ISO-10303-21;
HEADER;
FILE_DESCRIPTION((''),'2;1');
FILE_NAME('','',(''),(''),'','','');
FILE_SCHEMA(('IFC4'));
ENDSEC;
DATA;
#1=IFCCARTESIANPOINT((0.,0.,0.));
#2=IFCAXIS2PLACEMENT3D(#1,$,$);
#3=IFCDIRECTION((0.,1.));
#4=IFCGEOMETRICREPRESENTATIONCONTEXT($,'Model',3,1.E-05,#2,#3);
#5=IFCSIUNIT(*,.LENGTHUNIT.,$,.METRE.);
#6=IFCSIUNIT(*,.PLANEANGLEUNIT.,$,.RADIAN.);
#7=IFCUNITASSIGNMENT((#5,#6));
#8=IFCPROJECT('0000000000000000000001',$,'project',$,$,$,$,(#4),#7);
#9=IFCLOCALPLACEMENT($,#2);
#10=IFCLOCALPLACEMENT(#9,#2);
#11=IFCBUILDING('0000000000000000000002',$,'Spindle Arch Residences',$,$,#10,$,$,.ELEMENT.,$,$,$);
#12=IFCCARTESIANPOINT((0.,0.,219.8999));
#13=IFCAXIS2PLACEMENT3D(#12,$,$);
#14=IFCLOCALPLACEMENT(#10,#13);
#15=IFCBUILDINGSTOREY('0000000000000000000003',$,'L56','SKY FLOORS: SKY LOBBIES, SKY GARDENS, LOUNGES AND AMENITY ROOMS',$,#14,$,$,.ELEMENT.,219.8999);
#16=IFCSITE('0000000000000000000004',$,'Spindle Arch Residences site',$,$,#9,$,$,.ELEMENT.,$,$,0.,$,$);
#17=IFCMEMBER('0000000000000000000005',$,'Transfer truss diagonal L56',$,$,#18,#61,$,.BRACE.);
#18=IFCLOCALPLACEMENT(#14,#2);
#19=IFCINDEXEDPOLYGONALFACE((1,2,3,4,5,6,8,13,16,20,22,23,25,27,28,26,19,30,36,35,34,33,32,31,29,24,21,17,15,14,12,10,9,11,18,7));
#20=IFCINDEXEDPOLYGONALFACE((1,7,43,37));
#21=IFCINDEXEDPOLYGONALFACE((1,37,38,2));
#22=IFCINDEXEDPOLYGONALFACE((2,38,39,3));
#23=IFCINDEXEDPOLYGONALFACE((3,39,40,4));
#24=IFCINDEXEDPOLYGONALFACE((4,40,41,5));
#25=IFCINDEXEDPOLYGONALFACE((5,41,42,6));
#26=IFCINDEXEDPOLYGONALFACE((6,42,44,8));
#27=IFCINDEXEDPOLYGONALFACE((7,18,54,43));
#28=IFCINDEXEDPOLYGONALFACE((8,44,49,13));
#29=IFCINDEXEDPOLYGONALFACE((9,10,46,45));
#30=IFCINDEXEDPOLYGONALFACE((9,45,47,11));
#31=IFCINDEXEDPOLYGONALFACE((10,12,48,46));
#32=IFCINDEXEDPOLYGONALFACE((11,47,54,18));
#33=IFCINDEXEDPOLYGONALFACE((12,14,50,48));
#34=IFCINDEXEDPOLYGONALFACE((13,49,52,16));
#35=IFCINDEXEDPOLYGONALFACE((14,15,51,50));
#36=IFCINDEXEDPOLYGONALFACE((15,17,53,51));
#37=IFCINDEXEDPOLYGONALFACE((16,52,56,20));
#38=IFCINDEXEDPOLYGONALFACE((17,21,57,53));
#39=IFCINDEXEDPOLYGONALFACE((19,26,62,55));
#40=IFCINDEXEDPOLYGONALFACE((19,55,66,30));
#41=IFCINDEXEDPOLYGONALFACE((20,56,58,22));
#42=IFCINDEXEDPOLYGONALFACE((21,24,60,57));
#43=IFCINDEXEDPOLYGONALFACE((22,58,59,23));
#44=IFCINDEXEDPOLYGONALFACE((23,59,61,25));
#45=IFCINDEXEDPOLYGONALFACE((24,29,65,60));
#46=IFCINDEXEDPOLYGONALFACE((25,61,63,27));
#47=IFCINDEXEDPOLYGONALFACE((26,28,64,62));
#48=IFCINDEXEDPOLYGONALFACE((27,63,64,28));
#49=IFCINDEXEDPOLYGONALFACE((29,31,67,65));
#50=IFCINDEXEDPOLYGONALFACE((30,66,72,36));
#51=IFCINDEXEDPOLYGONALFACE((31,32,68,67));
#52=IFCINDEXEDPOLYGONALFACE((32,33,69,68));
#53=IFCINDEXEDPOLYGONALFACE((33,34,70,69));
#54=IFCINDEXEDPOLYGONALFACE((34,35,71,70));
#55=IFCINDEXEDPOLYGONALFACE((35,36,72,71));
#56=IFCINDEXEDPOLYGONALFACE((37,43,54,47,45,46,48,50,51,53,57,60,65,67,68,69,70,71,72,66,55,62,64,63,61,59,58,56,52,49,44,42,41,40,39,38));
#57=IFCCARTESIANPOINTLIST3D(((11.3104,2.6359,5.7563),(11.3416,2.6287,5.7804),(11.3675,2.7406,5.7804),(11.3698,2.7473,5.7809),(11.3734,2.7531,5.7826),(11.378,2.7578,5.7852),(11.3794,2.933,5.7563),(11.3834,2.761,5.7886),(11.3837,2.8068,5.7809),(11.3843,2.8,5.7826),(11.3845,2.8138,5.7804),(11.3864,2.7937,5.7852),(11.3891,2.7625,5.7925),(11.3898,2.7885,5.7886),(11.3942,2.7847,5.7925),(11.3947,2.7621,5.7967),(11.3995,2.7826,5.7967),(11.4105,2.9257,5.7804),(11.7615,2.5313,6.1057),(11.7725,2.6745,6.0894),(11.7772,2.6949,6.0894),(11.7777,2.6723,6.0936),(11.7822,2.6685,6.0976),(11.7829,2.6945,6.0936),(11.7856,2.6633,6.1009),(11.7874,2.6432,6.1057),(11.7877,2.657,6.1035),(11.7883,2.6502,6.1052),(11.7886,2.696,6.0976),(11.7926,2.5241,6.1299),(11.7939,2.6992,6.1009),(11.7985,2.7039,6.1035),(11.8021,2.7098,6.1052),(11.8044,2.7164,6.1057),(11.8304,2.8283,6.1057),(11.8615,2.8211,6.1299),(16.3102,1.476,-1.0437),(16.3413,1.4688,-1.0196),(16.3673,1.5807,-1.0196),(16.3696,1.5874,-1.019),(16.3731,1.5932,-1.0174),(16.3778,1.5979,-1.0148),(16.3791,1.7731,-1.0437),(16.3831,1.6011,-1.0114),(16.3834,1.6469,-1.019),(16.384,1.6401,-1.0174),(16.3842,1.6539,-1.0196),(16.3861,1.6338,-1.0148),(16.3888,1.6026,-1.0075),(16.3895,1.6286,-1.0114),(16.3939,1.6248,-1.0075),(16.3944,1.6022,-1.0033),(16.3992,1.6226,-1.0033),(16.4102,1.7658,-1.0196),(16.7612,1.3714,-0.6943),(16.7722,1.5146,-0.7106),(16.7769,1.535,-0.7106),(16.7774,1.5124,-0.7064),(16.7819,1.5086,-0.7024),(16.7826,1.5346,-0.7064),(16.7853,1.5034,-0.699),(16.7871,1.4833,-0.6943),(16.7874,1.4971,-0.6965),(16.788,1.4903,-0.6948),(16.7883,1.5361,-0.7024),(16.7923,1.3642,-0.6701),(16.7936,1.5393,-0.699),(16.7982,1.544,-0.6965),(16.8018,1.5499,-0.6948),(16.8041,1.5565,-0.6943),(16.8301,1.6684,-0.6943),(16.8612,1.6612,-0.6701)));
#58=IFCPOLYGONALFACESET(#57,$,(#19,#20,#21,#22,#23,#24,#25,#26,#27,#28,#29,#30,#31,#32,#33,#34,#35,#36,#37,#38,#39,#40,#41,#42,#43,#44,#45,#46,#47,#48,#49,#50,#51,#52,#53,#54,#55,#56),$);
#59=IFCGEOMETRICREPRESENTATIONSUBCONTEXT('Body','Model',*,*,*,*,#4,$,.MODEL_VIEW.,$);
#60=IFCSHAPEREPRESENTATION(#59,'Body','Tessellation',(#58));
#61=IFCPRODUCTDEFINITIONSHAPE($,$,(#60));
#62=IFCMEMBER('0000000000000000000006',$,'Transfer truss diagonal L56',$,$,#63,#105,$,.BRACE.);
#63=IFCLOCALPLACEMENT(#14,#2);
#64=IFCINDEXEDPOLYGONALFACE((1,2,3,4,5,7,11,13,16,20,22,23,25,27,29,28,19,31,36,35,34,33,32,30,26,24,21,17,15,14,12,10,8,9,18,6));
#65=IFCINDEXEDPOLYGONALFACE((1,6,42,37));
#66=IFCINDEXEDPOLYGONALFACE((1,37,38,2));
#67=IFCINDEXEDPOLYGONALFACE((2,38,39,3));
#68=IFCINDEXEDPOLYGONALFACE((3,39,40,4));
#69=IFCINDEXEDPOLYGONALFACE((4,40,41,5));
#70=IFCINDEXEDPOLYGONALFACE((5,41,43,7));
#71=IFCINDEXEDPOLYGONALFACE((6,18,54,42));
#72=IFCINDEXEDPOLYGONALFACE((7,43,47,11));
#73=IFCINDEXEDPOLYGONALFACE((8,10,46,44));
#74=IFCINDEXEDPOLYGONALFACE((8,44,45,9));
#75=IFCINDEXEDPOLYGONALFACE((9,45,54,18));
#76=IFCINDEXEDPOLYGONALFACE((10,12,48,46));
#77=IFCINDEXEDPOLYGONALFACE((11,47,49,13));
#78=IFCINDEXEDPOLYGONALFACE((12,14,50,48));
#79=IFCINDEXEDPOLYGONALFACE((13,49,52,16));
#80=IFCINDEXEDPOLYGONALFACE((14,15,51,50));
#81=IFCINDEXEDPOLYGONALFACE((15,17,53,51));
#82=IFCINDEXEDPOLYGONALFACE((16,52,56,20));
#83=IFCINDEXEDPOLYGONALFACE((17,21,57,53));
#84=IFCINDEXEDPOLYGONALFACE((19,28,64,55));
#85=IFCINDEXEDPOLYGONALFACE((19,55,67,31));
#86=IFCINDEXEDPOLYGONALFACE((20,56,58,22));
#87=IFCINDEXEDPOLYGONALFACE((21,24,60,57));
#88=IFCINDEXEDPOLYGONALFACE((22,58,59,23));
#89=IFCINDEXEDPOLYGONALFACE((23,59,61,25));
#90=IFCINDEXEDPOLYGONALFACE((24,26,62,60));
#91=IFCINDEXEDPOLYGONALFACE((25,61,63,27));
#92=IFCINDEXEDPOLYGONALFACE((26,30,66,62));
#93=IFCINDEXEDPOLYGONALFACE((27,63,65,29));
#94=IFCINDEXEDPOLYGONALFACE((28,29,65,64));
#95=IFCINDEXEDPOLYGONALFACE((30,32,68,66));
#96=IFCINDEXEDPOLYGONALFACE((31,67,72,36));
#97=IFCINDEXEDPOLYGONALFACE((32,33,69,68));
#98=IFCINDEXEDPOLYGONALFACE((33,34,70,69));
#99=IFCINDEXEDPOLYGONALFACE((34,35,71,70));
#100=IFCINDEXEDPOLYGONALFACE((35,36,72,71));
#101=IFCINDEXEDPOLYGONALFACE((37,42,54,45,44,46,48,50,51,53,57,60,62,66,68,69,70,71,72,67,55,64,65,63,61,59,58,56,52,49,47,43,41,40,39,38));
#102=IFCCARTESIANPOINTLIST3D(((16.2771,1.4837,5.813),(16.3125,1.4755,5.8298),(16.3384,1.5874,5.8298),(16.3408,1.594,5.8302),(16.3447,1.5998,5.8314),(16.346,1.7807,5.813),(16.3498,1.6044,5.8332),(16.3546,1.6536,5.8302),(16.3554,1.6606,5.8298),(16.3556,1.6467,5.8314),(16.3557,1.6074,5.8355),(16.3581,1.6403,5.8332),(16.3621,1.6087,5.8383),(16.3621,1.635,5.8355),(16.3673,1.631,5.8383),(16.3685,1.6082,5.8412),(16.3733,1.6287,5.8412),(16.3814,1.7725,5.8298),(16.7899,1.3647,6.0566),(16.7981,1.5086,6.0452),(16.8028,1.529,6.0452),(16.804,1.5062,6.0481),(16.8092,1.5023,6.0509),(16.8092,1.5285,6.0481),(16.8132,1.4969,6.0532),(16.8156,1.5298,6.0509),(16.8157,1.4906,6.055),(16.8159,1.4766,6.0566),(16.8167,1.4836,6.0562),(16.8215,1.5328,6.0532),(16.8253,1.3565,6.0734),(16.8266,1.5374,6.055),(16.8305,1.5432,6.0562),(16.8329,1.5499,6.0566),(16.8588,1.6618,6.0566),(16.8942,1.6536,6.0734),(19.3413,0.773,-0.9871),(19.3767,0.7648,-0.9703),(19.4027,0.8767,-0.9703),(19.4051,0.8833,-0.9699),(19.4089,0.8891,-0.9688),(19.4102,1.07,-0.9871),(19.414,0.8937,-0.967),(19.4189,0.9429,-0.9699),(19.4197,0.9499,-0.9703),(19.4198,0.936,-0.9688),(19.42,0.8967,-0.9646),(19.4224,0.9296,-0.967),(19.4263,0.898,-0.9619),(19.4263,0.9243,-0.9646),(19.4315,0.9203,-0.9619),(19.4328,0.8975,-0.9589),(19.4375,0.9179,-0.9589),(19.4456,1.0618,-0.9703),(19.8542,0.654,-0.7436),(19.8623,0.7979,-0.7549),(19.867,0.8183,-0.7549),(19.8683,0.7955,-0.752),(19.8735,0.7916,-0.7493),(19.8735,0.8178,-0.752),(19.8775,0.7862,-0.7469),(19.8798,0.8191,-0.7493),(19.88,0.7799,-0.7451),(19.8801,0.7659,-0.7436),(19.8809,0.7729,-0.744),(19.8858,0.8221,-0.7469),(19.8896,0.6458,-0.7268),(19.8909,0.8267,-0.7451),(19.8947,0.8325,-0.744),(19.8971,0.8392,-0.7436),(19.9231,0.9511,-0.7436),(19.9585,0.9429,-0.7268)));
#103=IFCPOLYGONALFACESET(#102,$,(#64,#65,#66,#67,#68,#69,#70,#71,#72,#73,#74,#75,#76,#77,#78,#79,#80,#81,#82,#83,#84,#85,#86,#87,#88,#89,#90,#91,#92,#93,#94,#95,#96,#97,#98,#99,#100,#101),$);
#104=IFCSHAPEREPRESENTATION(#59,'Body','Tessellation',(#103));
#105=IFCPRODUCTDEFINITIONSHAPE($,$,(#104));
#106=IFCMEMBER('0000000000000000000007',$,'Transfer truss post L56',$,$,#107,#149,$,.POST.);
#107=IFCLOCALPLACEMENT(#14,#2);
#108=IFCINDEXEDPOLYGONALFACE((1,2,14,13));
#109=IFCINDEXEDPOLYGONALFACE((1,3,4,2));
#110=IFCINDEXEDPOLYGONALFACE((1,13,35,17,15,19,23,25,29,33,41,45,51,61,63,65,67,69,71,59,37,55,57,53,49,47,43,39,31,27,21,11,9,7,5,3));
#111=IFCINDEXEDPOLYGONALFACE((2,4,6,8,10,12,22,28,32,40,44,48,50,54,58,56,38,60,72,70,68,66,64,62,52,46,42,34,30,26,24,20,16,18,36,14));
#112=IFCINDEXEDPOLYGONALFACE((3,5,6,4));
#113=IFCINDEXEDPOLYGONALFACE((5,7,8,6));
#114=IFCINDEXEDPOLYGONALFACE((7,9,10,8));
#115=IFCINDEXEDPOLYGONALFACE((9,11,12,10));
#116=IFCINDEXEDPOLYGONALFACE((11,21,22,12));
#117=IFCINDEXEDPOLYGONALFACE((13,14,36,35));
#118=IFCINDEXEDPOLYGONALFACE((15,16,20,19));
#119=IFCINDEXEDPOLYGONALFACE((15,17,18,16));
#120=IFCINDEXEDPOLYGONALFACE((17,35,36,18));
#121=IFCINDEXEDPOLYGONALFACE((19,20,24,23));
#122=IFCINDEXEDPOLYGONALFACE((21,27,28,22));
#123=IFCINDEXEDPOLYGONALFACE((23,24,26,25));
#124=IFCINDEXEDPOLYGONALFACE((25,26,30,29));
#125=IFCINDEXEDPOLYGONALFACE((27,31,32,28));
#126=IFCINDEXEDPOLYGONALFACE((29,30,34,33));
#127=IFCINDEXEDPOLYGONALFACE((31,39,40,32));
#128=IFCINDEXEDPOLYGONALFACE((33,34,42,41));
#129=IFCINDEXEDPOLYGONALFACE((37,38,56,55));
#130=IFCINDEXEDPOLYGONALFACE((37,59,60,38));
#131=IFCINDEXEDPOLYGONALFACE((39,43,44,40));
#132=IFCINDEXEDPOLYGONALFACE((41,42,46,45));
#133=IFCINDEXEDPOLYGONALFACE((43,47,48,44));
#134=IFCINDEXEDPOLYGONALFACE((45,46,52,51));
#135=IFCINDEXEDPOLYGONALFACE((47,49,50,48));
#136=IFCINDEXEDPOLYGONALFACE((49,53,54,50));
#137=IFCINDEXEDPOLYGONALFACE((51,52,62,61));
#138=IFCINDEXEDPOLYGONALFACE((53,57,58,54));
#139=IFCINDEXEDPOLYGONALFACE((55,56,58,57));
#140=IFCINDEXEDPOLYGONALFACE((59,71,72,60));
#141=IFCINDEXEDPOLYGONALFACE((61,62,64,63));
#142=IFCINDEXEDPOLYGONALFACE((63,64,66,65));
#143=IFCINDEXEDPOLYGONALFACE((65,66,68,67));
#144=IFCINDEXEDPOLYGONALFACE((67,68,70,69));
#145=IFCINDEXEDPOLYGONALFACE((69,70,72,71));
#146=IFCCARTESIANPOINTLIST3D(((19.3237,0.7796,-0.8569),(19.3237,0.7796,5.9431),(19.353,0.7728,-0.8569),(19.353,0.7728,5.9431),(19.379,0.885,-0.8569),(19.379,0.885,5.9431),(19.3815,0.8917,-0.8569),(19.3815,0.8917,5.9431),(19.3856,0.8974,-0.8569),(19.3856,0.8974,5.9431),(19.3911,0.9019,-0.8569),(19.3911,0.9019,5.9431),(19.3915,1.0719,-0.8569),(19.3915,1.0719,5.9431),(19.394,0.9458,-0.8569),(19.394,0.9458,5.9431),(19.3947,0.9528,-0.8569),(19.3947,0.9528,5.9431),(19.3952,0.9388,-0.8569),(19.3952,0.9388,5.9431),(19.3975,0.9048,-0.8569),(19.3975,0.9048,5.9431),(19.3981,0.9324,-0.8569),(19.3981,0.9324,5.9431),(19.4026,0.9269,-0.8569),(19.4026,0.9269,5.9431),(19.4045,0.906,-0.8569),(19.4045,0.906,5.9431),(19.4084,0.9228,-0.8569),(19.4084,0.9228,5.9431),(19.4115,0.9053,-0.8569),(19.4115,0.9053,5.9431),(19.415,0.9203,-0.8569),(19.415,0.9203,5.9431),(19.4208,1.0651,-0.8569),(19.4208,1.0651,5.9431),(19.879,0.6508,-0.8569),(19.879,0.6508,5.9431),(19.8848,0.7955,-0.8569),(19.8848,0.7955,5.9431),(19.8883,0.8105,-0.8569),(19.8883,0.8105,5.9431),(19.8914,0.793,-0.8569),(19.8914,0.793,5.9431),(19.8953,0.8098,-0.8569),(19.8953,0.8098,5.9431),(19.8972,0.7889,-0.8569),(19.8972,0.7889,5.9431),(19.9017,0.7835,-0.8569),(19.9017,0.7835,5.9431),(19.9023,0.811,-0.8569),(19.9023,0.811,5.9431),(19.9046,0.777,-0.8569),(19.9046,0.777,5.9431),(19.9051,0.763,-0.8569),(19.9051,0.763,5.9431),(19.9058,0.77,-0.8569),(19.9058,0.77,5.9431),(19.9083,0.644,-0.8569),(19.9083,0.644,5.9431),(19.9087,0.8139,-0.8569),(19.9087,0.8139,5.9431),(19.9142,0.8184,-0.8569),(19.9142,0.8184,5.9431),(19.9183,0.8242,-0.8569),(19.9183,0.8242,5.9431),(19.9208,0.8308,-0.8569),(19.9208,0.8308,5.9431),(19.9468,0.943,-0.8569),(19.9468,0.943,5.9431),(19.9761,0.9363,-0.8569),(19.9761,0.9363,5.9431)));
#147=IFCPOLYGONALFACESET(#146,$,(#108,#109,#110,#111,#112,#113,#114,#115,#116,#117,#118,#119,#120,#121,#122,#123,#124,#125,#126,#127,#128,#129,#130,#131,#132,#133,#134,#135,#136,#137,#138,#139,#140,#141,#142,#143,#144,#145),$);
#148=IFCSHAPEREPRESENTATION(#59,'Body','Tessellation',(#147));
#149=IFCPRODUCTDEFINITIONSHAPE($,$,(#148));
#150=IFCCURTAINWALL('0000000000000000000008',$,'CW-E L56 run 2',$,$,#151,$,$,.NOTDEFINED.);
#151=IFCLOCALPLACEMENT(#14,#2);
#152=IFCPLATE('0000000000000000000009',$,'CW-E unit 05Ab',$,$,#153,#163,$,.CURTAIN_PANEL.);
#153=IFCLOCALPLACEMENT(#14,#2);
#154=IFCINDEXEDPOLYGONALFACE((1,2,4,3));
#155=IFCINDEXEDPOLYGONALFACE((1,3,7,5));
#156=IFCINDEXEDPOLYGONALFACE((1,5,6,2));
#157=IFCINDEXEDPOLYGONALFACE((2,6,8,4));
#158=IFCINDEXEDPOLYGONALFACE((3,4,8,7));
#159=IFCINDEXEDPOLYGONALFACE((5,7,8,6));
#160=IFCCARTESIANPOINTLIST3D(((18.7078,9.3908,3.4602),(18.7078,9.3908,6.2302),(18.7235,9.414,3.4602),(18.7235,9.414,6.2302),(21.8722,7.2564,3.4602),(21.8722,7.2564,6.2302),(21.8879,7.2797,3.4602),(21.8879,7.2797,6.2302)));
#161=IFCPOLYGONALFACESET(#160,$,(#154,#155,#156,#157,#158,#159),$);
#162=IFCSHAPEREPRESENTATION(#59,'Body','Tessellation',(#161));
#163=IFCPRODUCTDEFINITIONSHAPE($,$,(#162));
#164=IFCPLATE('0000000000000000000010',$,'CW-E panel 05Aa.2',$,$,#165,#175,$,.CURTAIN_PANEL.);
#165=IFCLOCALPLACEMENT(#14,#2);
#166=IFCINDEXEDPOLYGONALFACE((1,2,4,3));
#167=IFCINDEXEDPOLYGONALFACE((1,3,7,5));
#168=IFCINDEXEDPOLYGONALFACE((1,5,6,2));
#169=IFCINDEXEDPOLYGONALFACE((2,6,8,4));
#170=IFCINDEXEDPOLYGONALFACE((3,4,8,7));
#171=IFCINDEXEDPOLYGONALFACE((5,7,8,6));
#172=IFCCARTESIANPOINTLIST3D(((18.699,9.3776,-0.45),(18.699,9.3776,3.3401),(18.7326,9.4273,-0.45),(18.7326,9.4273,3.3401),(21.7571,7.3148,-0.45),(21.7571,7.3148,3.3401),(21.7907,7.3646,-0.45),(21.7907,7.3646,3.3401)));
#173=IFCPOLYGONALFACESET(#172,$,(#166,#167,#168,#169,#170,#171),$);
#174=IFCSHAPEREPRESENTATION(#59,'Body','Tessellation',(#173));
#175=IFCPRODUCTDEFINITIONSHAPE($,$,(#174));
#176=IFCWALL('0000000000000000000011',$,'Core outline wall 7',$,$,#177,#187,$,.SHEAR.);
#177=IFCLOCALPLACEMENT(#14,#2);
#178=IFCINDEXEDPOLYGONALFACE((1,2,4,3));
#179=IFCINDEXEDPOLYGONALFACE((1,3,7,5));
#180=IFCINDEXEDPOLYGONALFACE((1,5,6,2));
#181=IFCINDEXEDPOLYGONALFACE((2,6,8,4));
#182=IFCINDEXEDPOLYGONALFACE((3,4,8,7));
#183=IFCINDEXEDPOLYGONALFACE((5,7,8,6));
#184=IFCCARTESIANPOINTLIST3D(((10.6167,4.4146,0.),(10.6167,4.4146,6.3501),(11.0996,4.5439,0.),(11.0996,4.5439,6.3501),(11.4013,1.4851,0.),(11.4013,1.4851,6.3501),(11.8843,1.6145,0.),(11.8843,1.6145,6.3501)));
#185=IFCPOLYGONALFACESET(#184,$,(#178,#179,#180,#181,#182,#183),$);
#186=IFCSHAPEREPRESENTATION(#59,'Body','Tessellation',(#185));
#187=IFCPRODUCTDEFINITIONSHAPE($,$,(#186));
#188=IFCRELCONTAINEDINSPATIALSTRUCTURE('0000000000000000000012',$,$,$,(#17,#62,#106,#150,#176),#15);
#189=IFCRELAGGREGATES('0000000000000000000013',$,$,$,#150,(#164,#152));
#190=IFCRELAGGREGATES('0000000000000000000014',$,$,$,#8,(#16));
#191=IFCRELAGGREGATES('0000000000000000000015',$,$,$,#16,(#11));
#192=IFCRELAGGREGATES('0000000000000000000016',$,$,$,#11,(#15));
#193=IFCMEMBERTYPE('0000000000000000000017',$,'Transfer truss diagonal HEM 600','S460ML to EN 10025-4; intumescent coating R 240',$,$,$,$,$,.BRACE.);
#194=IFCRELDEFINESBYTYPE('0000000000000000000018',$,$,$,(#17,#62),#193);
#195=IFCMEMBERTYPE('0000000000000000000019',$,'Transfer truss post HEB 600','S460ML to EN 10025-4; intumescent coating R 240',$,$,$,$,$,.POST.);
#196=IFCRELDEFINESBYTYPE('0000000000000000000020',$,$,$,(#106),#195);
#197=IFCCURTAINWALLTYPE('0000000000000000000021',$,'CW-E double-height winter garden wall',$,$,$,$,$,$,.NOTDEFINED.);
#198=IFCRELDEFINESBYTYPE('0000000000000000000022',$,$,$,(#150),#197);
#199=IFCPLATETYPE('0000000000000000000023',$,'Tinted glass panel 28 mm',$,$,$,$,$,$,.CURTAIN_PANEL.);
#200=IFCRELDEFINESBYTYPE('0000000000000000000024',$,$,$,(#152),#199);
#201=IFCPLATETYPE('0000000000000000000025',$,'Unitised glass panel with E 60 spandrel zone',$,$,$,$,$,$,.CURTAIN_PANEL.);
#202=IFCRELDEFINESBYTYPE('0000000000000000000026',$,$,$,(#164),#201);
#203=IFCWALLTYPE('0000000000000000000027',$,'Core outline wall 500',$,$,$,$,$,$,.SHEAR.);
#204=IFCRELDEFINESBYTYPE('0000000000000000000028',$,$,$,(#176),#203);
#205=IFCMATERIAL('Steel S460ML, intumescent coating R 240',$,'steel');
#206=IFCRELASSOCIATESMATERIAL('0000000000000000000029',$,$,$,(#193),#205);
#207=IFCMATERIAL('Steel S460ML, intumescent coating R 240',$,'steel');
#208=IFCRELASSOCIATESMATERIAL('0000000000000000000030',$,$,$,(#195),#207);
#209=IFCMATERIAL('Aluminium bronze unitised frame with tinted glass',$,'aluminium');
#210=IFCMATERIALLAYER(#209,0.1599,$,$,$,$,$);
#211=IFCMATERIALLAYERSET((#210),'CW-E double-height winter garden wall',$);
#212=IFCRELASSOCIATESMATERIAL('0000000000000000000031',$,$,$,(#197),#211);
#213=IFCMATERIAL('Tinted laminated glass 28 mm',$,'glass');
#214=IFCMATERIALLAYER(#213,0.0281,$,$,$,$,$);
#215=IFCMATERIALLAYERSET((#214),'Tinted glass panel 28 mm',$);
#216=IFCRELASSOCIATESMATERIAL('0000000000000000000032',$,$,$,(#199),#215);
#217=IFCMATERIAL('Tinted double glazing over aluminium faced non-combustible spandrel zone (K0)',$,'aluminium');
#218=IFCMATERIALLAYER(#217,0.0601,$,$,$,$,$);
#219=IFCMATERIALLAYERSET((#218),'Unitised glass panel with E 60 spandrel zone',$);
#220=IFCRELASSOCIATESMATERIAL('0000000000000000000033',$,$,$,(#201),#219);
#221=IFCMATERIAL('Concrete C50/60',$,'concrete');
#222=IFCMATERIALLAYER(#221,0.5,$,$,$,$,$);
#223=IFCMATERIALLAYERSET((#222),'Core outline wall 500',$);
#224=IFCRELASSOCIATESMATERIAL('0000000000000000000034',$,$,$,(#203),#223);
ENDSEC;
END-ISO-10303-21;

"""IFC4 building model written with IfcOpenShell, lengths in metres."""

from ifc_helpers import new_model, si_unit, direction, frame, frame_2d, origin, origin_2d, place, context, subcontext, project, spatial, rectangle, i_section, extrude, material, layer, layer_set, material_profile, profile_set, type_object, element, aggregate, save


model = new_model("IFC4")

# Units and contexts
model_context = context("Model", 3, precision=1e-05, world=origin(), true_north=direction((0.0, 1.0)))
body_context = subcontext(model_context, "Body", "Model", "MODEL_VIEW")
ifc_project = project(units=[si_unit("LENGTHUNIT", "METRE"), si_unit("PLANEANGLEUNIT", "RADIAN")], contexts=[model_context])

# Site, building, storey
site_placement = place(None, origin())
site = spatial("IfcSite", under=ifc_project, at=site_placement, Name="Spindle Arch Residences site", CompositionType="ELEMENT", RefElevation=0.0)
building_placement = place(site_placement, origin())
building = spatial("IfcBuilding", under=site, at=building_placement, Name="Spindle Arch Residences", CompositionType="ELEMENT")
storey_placement = place(building_placement, frame((0.0, 0.0, 219.8999)))
storey = spatial("IfcBuildingStorey", under=building, at=storey_placement, Name="L56", Description="SKY FLOORS: SKY LOBBIES, SKY GARDENS, LOUNGES AND AMENITY ROOMS", CompositionType="ELEMENT", Elevation=219.8999)

# Members
ifc_material_1 = material(Name="Steel S460ML, intumescent coating R 240", Category="steel")
ifc_material_profile_1 = material_profile(ifc_material_1, i_section(OverallWidth=0.3049, OverallDepth=0.6201, WebThickness=0.021, FlangeThickness=0.04, FilletRadius=0.0271, at=origin_2d()), Name="HEM 600")
ifc_profile_set_1 = profile_set([ifc_material_profile_1], Name="Steel S460ML, intumescent coating R 240")
member_type_1 = type_object("IfcMemberType", Name="Transfer truss diagonal HEM 600", Description="S460ML to EN 10025-4; intumescent coating R 240", PredefinedType="BRACE", material=ifc_profile_set_1)
member_1_placement = place(storey_placement, frame((16.5857, 1.5686, -0.8569), z_axis=(-0.586853, 0.136146, 0.798165), x_axis=(-0.225992, -0.974129, 0.0)))
element("IfcMember", 1, at=member_1_placement, inside=storey, type_object=member_type_1, Name="Transfer truss diagonal L56", PredefinedType="BRACE", context=body_context, shape_type="SweptSolid", body=[
    extrude(i_section(OverallWidth=0.3049, OverallDepth=0.6201, WebThickness=0.021, FlangeThickness=0.04, FilletRadius=0.0271, at=origin_2d()), origin(), (0.0, 0.0, 1.0), 8.5195),
])
member_2_placement = place(storey_placement, frame((19.6499, 0.8579, -0.8569), z_axis=(-0.408979, 0.094856, 0.9076), x_axis=(-0.225936, -0.974142, 0.0)))
element("IfcMember", 2, at=member_2_placement, inside=storey, type_object=member_type_1, Name="Transfer truss diagonal L56", PredefinedType="BRACE", context=body_context, shape_type="SweptSolid", body=[
    extrude(i_section(OverallWidth=0.3049, OverallDepth=0.6201, WebThickness=0.021, FlangeThickness=0.04, FilletRadius=0.0271, at=origin_2d()), origin(), (0.0, 0.0, 1.0), 7.4924),
])
ifc_material_2 = material(Name="Steel S460ML, intumescent coating R 240", Category="steel")
ifc_material_profile_2 = material_profile(ifc_material_2, i_section(OverallWidth=0.3, OverallDepth=0.6001, WebThickness=0.0154, FlangeThickness=0.03, FilletRadius=0.0271, at=origin_2d()), Name="HEB 600")
ifc_profile_set_2 = profile_set([ifc_material_profile_2], Name="Steel S460ML, intumescent coating R 240")
member_type_2 = type_object("IfcMemberType", Name="Transfer truss post HEB 600", Description="S460ML to EN 10025-4; intumescent coating R 240", PredefinedType="POST", material=ifc_profile_set_2)
member_3_placement = place(storey_placement, frame((19.6499, 0.8579, -0.8569), z_axis=(0.0, 0.0, 1.0), x_axis=(-0.22596, -0.974136, 0.0)))
element("IfcMember", 3, at=member_3_placement, inside=storey, type_object=member_type_2, Name="Transfer truss post L56", PredefinedType="POST", context=body_context, shape_type="SweptSolid", body=[
    extrude(i_section(OverallWidth=0.3, OverallDepth=0.6001, WebThickness=0.0154, FlangeThickness=0.03, FilletRadius=0.0271, at=origin_2d()), origin(), (0.0, 0.0, 1.0), 6.8),
])

# Curtain wall, plates
ifc_material_3 = material(Name="Aluminium bronze unitised frame with tinted glass", Category="aluminium")
ifc_layer_1 = layer(ifc_material_3, 0.1599)
ifc_layer_set_1 = layer_set([ifc_layer_1], Name="CW-E double-height winter garden wall")
curtain_wall_type = type_object("IfcCurtainWallType", Name="CW-E double-height winter garden wall", PredefinedType="NOTDEFINED", material=ifc_layer_set_1)
curtain_wall_placement = place(storey_placement, origin())
curtain_wall = element("IfcCurtainWall", 4, at=curtain_wall_placement, inside=storey, type_object=curtain_wall_type, Name="CW-E L56 run 2", PredefinedType="NOTDEFINED")
ifc_material_4 = material(Name="Tinted laminated glass 28 mm", Category="glass")
ifc_layer_2 = layer(ifc_material_4, 0.0281)
ifc_layer_set_2 = layer_set([ifc_layer_2], Name="Tinted glass panel 28 mm")
plate_type_1 = type_object("IfcPlateType", Name="Tinted glass panel 28 mm", PredefinedType="CURTAIN_PANEL", material=ifc_layer_set_2)
plate_1_placement = place(storey_placement, frame((20.2979, 8.3352, 3.4602), z_axis=(0.0, 0.0, 1.0), x_axis=(-0.829038, 0.559193, 0.0)))
plate_1 = element("IfcPlate", 5, at=plate_1_placement, type_object=plate_type_1, Name="CW-E unit 05Ab", PredefinedType="CURTAIN_PANEL", context=body_context, shape_type="SweptSolid", body=[
    extrude(rectangle(XDim=3.8169, YDim=0.0281, at=origin_2d()), origin(), (0.0, 0.0, 1.0), 2.77),
])
ifc_material_5 = material(Name="Tinted double glazing over aluminium faced non-combustible spandrel zone (K0)", Category="aluminium")
ifc_layer_3 = layer(ifc_material_5, 0.0601)
ifc_layer_set_3 = layer_set([ifc_layer_3], Name="Unitised glass panel with E 60 spandrel zone")
plate_type_2 = type_object("IfcPlateType", Name="Unitised glass panel with E 60 spandrel zone", PredefinedType="CURTAIN_PANEL", material=ifc_layer_set_3)
plate_2_placement = place(storey_placement, frame((20.2449, 8.3711, -0.45), z_axis=(0.0, 0.0, 1.0), x_axis=(-0.829038, 0.559193, 0.0)))
plate_2 = element("IfcPlate", 6, at=plate_2_placement, type_object=plate_type_2, Name="CW-E panel 05Aa.2", PredefinedType="CURTAIN_PANEL", context=body_context, shape_type="SweptSolid", body=[
    extrude(rectangle(XDim=3.6887, YDim=0.0601, at=origin_2d()), origin(), (0.0, 0.0, 1.0), 3.79),
])
aggregate(curtain_wall, [plate_2, plate_1])

# Wall
ifc_material_6 = material(Name="Concrete C50/60", Category="concrete")
ifc_layer_4 = layer(ifc_material_6, 0.5)
ifc_layer_set_4 = layer_set([ifc_layer_4], Name="Core outline wall 500")
wall_type_1 = type_object("IfcWallType", Name="Core outline wall 500", PredefinedType="SHEAR", material=ifc_layer_set_4)
for number, where, z_axis, x_axis, name in (
    (7, (11.6428, 1.5498, 0.0), (0.0, 0.0, 1.0), (-0.258735, 0.965948, 0.0), "Core outline wall 7"),
):
    element("IfcWall", number, at=place(storey_placement, frame(where, z_axis=z_axis, x_axis=x_axis)), inside=storey, type_object=wall_type_1, Name=name, PredefinedType="SHEAR", context=body_context, shape_type="SweptSolid", body=[
        extrude(rectangle(XDim=3.0327, YDim=0.5, at=frame_2d((1.5164, 0.0))), origin(), (0.0, 0.0, 1.0), 6.3501),
    ])

save(model, "model.ifc")
